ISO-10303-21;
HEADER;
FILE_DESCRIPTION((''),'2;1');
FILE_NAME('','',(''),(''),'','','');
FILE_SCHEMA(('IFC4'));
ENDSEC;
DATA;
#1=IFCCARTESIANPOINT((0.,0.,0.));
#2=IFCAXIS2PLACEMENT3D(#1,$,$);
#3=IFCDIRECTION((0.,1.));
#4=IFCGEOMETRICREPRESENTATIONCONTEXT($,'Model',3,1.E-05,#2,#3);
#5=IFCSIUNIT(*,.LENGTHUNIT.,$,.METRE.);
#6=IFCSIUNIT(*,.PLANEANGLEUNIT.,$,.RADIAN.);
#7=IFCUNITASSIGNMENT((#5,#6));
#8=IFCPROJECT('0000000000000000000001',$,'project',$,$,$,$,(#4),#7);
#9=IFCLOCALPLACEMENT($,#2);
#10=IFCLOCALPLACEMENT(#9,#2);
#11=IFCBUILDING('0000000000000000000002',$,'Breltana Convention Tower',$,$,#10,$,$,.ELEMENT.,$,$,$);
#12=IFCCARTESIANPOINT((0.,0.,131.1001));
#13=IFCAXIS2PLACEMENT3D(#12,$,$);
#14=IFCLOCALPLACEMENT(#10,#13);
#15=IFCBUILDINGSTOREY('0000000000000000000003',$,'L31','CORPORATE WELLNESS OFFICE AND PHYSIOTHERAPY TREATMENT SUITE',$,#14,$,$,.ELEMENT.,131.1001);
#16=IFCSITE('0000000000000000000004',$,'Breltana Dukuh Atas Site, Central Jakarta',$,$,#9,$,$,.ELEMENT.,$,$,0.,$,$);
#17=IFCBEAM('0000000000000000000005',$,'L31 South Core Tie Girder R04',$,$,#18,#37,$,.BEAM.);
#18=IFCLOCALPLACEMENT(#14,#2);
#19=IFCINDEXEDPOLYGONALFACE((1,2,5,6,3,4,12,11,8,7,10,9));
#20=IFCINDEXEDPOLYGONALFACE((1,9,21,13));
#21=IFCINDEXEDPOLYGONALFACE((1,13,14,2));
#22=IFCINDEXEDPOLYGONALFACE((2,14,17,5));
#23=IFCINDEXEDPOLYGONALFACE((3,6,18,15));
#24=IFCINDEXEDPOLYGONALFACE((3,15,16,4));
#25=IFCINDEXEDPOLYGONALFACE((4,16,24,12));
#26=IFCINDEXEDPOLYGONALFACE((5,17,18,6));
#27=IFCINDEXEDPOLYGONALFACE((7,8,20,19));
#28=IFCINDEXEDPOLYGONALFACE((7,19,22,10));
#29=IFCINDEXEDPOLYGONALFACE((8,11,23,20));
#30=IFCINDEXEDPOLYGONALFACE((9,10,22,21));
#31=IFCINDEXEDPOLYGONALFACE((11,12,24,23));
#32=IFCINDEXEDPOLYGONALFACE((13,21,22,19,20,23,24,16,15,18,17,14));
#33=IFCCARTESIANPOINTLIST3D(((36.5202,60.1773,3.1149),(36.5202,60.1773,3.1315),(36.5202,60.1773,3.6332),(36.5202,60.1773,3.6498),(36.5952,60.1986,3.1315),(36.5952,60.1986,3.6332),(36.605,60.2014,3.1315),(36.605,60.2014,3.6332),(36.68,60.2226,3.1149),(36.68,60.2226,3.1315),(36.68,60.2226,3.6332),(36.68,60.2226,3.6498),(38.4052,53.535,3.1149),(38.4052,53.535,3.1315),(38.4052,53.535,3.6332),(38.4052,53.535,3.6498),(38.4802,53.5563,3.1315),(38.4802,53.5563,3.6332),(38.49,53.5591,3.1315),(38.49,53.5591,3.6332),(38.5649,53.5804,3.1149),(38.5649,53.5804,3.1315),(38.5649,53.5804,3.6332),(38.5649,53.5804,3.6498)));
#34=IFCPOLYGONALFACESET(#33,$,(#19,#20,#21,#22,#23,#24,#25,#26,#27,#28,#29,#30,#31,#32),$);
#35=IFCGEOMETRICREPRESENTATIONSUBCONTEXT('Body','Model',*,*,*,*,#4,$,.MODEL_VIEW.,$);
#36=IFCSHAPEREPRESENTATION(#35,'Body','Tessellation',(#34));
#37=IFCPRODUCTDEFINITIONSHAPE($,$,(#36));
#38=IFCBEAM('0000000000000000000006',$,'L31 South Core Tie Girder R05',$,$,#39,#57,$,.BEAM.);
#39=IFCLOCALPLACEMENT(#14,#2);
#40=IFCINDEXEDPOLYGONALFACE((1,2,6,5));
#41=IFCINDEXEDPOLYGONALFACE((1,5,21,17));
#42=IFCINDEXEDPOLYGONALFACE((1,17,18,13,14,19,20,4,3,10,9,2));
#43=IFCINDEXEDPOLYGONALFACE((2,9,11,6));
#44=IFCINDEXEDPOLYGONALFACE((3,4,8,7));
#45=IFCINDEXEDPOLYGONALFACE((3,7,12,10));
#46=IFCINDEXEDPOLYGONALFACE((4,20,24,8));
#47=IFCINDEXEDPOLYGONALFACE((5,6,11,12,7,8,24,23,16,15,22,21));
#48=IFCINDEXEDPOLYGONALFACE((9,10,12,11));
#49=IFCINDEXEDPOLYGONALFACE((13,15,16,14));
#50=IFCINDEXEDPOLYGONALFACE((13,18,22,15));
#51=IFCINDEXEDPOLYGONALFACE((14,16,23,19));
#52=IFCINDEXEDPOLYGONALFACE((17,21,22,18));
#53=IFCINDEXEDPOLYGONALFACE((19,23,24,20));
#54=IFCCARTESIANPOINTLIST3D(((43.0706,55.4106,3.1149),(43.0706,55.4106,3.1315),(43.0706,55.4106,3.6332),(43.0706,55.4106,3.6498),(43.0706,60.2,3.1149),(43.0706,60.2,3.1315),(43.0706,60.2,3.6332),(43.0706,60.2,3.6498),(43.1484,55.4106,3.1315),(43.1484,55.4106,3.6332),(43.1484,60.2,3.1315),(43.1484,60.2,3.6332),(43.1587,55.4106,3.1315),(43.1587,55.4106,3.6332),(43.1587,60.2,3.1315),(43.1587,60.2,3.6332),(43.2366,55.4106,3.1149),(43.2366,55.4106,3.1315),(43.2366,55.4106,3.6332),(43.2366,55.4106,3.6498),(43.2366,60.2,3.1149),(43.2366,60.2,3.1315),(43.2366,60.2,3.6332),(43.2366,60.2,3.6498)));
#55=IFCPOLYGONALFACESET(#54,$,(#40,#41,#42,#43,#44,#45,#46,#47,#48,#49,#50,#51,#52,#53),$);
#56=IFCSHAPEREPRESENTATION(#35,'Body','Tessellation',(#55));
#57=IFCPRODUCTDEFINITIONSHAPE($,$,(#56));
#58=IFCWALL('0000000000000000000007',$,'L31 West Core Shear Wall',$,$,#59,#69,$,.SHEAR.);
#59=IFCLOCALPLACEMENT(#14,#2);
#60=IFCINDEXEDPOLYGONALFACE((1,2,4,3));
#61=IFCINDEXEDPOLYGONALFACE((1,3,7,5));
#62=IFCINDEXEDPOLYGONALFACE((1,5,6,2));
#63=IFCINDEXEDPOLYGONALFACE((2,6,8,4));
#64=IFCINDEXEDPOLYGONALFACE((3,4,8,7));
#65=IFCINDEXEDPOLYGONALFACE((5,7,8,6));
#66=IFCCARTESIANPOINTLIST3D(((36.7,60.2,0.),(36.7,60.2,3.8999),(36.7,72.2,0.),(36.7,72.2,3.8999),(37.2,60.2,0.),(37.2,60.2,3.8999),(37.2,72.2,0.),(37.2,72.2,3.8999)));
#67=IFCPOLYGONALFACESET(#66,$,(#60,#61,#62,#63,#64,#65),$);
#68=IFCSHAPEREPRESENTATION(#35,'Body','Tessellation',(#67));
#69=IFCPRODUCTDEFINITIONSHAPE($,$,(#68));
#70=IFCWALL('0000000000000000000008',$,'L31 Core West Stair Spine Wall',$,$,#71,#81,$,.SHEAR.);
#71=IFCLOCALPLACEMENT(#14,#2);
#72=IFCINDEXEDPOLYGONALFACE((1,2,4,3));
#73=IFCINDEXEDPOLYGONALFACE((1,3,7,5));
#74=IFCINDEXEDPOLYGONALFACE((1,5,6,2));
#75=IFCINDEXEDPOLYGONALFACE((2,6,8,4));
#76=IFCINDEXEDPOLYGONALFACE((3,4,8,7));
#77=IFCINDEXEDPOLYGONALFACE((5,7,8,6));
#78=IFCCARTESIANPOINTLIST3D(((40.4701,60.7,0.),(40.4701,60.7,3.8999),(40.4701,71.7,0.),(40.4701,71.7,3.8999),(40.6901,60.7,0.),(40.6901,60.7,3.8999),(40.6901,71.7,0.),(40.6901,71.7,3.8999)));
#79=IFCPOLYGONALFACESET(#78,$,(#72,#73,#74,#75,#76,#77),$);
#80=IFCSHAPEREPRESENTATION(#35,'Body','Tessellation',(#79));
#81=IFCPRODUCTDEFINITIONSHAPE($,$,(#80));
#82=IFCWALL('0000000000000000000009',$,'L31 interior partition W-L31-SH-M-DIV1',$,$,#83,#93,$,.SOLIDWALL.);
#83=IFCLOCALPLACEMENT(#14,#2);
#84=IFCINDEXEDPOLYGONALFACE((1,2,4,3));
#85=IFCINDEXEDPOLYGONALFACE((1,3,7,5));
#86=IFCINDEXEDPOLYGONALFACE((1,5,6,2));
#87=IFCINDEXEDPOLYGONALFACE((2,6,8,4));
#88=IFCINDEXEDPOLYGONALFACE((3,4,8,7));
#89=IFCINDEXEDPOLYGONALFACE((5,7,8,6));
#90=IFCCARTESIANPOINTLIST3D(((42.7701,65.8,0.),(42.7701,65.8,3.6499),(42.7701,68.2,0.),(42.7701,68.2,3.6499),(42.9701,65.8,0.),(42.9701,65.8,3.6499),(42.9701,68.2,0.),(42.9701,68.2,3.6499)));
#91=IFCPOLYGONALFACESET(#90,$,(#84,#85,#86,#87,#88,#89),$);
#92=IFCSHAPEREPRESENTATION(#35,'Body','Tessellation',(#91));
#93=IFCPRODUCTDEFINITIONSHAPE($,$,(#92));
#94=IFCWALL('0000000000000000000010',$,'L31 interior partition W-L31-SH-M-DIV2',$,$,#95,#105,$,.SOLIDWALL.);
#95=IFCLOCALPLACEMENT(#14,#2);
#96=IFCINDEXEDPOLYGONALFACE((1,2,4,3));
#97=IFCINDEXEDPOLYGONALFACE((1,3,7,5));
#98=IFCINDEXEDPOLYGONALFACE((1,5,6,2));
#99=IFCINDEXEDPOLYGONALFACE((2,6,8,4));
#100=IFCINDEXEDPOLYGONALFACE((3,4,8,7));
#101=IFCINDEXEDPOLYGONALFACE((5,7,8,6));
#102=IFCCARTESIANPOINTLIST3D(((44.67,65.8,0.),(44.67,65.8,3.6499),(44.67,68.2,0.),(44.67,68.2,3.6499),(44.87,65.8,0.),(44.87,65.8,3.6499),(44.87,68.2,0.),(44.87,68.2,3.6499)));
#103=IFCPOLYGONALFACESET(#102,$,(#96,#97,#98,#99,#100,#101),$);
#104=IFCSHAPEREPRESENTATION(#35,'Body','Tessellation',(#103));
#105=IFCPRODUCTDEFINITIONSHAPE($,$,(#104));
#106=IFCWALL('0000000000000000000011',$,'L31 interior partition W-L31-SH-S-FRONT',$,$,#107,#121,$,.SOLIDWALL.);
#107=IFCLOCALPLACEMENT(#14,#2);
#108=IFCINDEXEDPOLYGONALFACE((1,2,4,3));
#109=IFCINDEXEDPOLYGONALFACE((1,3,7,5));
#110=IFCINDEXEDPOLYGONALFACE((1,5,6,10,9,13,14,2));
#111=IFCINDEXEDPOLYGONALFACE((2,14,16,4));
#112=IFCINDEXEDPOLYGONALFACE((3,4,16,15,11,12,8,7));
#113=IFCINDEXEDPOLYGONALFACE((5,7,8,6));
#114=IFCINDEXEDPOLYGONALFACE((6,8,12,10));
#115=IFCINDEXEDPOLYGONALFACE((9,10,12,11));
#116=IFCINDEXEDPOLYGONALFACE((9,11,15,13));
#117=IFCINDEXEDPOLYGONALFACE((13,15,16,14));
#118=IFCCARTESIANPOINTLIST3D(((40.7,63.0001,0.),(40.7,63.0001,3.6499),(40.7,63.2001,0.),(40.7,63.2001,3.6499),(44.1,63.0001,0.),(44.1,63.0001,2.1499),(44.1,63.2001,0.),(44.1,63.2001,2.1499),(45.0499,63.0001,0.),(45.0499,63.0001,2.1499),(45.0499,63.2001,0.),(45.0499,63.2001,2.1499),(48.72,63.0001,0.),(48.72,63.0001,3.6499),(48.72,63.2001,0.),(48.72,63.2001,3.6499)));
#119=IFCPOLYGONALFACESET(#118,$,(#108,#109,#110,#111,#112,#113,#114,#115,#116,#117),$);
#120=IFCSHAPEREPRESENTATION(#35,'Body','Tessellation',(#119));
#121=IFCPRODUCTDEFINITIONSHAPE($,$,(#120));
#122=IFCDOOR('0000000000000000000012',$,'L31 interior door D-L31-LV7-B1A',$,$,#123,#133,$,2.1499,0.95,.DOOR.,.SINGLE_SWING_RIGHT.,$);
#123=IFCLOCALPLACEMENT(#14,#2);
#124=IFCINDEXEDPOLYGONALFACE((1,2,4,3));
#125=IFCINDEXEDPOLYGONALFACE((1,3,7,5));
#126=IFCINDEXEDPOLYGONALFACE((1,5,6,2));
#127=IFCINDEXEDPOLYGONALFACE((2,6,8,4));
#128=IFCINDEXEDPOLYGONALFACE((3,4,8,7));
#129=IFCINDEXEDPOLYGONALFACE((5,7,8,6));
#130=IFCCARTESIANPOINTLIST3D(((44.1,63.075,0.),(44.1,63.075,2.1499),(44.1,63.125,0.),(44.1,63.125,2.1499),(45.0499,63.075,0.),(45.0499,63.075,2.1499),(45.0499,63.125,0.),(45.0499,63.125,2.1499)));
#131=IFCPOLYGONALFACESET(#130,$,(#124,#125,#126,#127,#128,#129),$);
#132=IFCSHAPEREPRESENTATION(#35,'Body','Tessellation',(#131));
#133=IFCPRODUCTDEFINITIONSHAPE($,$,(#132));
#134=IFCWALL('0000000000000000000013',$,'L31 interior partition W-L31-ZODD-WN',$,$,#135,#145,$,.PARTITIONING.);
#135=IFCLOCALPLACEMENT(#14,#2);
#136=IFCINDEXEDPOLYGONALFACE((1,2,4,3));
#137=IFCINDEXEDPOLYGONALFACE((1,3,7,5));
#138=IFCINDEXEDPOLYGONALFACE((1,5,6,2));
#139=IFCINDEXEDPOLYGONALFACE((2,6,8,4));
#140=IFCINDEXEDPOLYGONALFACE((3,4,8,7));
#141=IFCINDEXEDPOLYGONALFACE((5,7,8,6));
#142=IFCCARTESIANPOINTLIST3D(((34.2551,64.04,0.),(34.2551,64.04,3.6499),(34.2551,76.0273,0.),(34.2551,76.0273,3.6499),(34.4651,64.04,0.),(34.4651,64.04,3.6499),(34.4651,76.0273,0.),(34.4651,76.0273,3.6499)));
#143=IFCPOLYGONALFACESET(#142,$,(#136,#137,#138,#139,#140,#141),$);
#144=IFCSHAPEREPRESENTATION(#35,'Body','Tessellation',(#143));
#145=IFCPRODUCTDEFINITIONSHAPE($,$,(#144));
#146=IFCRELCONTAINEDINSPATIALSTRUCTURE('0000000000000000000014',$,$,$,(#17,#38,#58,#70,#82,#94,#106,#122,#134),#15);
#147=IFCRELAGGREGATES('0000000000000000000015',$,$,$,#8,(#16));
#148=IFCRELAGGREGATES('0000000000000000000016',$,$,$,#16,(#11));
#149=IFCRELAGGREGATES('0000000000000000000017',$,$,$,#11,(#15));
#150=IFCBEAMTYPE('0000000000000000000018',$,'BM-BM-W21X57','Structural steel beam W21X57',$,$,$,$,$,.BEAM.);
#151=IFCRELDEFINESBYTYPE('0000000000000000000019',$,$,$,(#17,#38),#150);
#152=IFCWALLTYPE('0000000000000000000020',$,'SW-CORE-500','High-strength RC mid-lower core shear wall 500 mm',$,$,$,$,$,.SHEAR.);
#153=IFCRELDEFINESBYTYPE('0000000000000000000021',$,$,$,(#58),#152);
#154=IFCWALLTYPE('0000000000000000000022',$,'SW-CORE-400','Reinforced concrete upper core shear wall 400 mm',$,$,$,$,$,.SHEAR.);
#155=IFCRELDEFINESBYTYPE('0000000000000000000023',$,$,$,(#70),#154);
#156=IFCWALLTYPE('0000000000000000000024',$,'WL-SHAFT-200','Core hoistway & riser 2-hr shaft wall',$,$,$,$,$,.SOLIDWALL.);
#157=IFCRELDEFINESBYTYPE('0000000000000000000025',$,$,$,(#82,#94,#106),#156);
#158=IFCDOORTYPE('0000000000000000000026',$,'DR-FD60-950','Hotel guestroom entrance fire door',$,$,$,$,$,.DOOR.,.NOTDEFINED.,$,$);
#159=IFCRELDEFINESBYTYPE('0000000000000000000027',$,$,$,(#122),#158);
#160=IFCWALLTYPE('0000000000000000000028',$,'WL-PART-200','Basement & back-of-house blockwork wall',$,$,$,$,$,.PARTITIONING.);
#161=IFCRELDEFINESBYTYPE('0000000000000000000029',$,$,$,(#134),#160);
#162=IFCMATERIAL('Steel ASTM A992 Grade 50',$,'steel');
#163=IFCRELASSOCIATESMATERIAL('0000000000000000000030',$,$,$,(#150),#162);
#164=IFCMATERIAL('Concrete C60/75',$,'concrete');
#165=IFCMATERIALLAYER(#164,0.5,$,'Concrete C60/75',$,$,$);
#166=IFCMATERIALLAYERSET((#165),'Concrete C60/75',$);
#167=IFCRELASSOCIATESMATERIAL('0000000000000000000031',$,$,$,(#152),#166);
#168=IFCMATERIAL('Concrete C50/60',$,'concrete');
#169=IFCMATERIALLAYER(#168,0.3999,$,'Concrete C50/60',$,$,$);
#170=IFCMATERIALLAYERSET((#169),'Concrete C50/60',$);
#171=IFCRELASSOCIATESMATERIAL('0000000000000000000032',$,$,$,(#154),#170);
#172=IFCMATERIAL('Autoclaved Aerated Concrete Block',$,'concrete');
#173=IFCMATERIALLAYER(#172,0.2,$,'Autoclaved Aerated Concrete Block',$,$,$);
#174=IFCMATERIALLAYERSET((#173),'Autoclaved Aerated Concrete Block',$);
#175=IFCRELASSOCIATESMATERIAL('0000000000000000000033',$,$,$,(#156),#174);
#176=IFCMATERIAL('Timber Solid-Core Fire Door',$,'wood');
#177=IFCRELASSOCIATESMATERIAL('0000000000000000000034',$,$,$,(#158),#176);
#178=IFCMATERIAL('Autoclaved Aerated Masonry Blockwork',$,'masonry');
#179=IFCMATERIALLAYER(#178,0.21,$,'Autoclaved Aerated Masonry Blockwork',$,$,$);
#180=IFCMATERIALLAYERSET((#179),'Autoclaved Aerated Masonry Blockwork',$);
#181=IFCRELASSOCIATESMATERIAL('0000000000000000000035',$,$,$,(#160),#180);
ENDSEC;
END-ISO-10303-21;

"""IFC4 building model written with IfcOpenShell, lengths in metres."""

from ifc_helpers import new_model, si_unit, direction, frame, frame_2d, origin, origin_2d, place, context, subcontext, project, spatial, rectangle, i_section, extrude, source, transform, mapped, material, layer, layer_set, material_profile, profile_set, type_object, type_shapes, element, fill, save


model = new_model("IFC4")

# Units and contexts
model_context = context("Model", 3, precision=1e-05, world=origin(), true_north=direction((0.0, 1.0)))
body_context = subcontext(model_context, "Body", "Model", "MODEL_VIEW")
ifc_project = project(units=[si_unit("LENGTHUNIT", "METRE"), si_unit("PLANEANGLEUNIT", "RADIAN")], contexts=[model_context])

# Site, building, storey
site_placement = place(None, origin())
site = spatial("IfcSite", under=ifc_project, at=site_placement, Name="Breltana Dukuh Atas Site, Central Jakarta", CompositionType="ELEMENT", RefElevation=0.0)
building_placement = place(site_placement, origin())
building = spatial("IfcBuilding", under=site, at=building_placement, Name="Breltana Convention Tower", CompositionType="ELEMENT")
storey_placement = place(building_placement, frame((0.0, 0.0, 131.1001)))
storey = spatial("IfcBuildingStorey", under=building, at=storey_placement, Name="L31", Description="CORPORATE WELLNESS OFFICE AND PHYSIOTHERAPY TREATMENT SUITE", CompositionType="ELEMENT", Elevation=131.1001)

# Beams
ifc_material_1 = material(Name="Steel ASTM A992 Grade 50", Category="steel")
ifc_material_profile = material_profile(ifc_material_1, i_section(OverallWidth=0.166, OverallDepth=0.5349, WebThickness=0.0103, FlangeThickness=0.0166, at=origin_2d()), Name="W21X57")
ifc_profile_set = profile_set([ifc_material_profile], Name="Steel ASTM A992 Grade 50")
beam_type = type_object("IfcBeamType", Name="BM-BM-W21X57", Description="Structural steel beam W21X57", PredefinedType="BEAM", material=ifc_profile_set)
shared_shape_1 = source(origin(), body_context, "Body", "SweptSolid", [
    extrude(i_section(OverallWidth=0.166, OverallDepth=0.5349, WebThickness=0.0103, FlangeThickness=0.0166, at=origin_2d()), origin(), (0.0, 0.0, 1.0), 6.9045),
])
type_shapes(beam_type, [shared_shape_1])
beam_1_placement = place(storey_placement, frame((36.6001, 60.2, 3.3823), z_axis=(0.273007, -0.962012, 0.0), x_axis=(0.962012, 0.273007, 0.0)))
element("IfcBeam", 1, at=beam_1_placement, inside=storey, type_object=beam_type, Name="L31 South Core Tie Girder R04", PredefinedType="BEAM", context=body_context, shape_type="MappedRepresentation", body=[
    mapped(shared_shape_1, transform((0.0, 0.0, 0.0), scale=1.0)),
])
shared_shape_2 = source(origin(), body_context, "Body", "SweptSolid", [
    extrude(i_section(OverallWidth=0.166, OverallDepth=0.5349, WebThickness=0.0103, FlangeThickness=0.0166, at=origin_2d()), origin(), (0.0, 0.0, 1.0), 4.7893),
])
beam_2_placement = place(storey_placement, frame((43.1536, 60.2, 3.3823), z_axis=(0.0, -1.0, 0.0), x_axis=(1.0, 0.0, 0.0)))
element("IfcBeam", 2, at=beam_2_placement, inside=storey, type_object=beam_type, Name="L31 South Core Tie Girder R05", PredefinedType="BEAM", context=body_context, shape_type="MappedRepresentation", body=[
    mapped(shared_shape_2, transform((0.0, 0.0, 0.0), scale=1.0)),
])

# Wall
ifc_material_2 = material(Name="Concrete C60/75", Category="concrete")
ifc_layer_1 = layer(ifc_material_2, 0.5, Name="Concrete C60/75")
ifc_layer_set_1 = layer_set([ifc_layer_1], Name="Concrete C60/75")
wall_type_1 = type_object("IfcWallType", Name="SW-CORE-500", Description="High-strength RC mid-lower core shear wall 500 mm", PredefinedType="SHEAR", material=ifc_layer_set_1)
shared_shape_3 = source(origin(), body_context, "Body", "SweptSolid", [
    extrude(rectangle(XDim=12.0, YDim=0.5, at=frame_2d((6.0, 0.0))), origin(), (0.0, 0.0, 1.0), 3.8999),
])
wall_1_placement = place(storey_placement, frame((36.95, 60.2, 0.0), z_axis=(0.0, 0.0, 1.0), x_axis=(0.0, 1.0, 0.0)))
element("IfcWall", 3, at=wall_1_placement, inside=storey, type_object=wall_type_1, Name="L31 West Core Shear Wall", PredefinedType="SHEAR", context=body_context, shape_type="MappedRepresentation", body=[
    mapped(shared_shape_3, transform((0.0, 0.0, 0.0), scale=1.0)),
])

# Walls
ifc_material_3 = material(Name="Concrete C50/60", Category="concrete")
ifc_layer_2 = layer(ifc_material_3, 0.3999, Name="Concrete C50/60")
ifc_layer_set_2 = layer_set([ifc_layer_2], Name="Concrete C50/60")
wall_type_2 = type_object("IfcWallType", Name="SW-CORE-400", Description="Reinforced concrete upper core shear wall 400 mm", PredefinedType="SHEAR", material=ifc_layer_set_2)
shared_shape_4 = source(origin(), body_context, "Body", "SweptSolid", [
    extrude(rectangle(XDim=11.0, YDim=0.22, at=frame_2d((5.5, 0.0))), origin(), (0.0, 0.0, 1.0), 3.8999),
])
wall_2_placement = place(storey_placement, frame((40.5801, 60.7, 0.0), z_axis=(0.0, 0.0, 1.0), x_axis=(0.0, 1.0, 0.0)))
element("IfcWall", 4, at=wall_2_placement, inside=storey, type_object=wall_type_2, Name="L31 Core West Stair Spine Wall", PredefinedType="SHEAR", context=body_context, shape_type="MappedRepresentation", body=[
    mapped(shared_shape_4, transform((0.0, 0.0, 0.0), scale=1.0)),
])
ifc_material_4 = material(Name="Autoclaved Aerated Concrete Block", Category="concrete")
ifc_layer_3 = layer(ifc_material_4, 0.2, Name="Autoclaved Aerated Concrete Block")
ifc_layer_set_3 = layer_set([ifc_layer_3], Name="Autoclaved Aerated Concrete Block")
wall_type_3 = type_object("IfcWallType", Name="WL-SHAFT-200", Description="Core hoistway & riser 2-hr shaft wall", PredefinedType="SOLIDWALL", material=ifc_layer_set_3)
shared_shape_5 = source(origin(), body_context, "Body", "SweptSolid", [
    extrude(rectangle(XDim=2.3999, YDim=0.2, at=frame_2d((1.2, 0.0))), origin(), (0.0, 0.0, 1.0), 3.6499),
])
for number, where, z_axis, x_axis, name in (
    (5, (42.8701, 65.8, 0.0), (0.0, 0.0, 1.0), (0.0, 1.0, 0.0), "L31 interior partition W-L31-SH-M-DIV1"),
    (6, (44.77, 65.8, 0.0), (0.0, 0.0, 1.0), (0.0, 1.0, 0.0), "L31 interior partition W-L31-SH-M-DIV2"),
):
    element("IfcWall", number, at=place(storey_placement, frame(where, z_axis=z_axis, x_axis=x_axis)), inside=storey, type_object=wall_type_3, Name=name, PredefinedType="SOLIDWALL", context=body_context, shape_type="MappedRepresentation", body=[
        mapped(shared_shape_5, transform((0.0, 0.0, 0.0), scale=1.0)),
    ])

# Wall, opening, door
shared_shape_6 = source(origin(), body_context, "Body", "SweptSolid", [
    extrude(rectangle(XDim=8.02, YDim=0.2, at=frame_2d((4.01, 0.0))), origin(), (0.0, 0.0, 1.0), 3.6499),
])
wall_3_placement = place(storey_placement, frame((40.7, 63.1001, 0.0), z_axis=(0.0, 0.0, 1.0), x_axis=(1.0, 0.0, 0.0)))
wall_3 = element("IfcWall", 7, at=wall_3_placement, inside=storey, type_object=wall_type_3, Name="L31 interior partition W-L31-SH-S-FRONT", PredefinedType="SOLIDWALL", context=body_context, shape_type="MappedRepresentation", body=[
    mapped(shared_shape_6, transform((0.0, 0.0, 0.0), scale=1.0)),
])
opening_1_placement = place(wall_3_placement, frame((3.3999, 0.0, 0.0)))
opening_1 = element("IfcOpeningElement", 8, at=opening_1_placement, cuts=wall_3, PredefinedType="OPENING", context=body_context, shape_type="SweptSolid", body=[
    extrude(rectangle(XDim=0.95, YDim=2.1499, at=frame_2d((0.4751, 1.075))), frame((0.0, 0.1099, 0.0), z_axis=(0.0, -1.0, 0.0), x_axis=(1.0, 0.0, 0.0)), (0.0, 0.0, 1.0), 0.22),
])
ifc_material_5 = material(Name="Timber Solid-Core Fire Door", Category="wood")
door_type_1 = type_object("IfcDoorType", Name="DR-FD60-950", Description="Hotel guestroom entrance fire door", OperationType="NOTDEFINED", PredefinedType="DOOR", material=ifc_material_5)
shared_shape_7 = source(origin(), body_context, "Body", "SweptSolid", [
    extrude(rectangle(XDim=0.95, YDim=2.1499, at=frame_2d((0.4751, 1.075))), frame((0.0, 0.0249, 0.0), z_axis=(0.0, -1.0, 0.0), x_axis=(1.0, 0.0, 0.0)), (0.0, 0.0, 1.0), 0.05),
])
type_shapes(door_type_1, [shared_shape_7])
door_1_placement = place(opening_1_placement, origin())
door_1 = element("IfcDoor", 9, at=door_1_placement, inside=storey, type_object=door_type_1, Name="L31 interior door D-L31-LV7-B1A", OperationType="SINGLE_SWING_RIGHT", OverallHeight=2.1499, OverallWidth=0.95, PredefinedType="DOOR", context=body_context, shape_type="MappedRepresentation", body=[
    mapped(shared_shape_7, transform((0.0, 0.0, 0.0), scale=1.0)),
])
fill(opening_1, door_1)

# Wall
ifc_material_6 = material(Name="Autoclaved Aerated Masonry Blockwork", Category="masonry")
ifc_layer_4 = layer(ifc_material_6, 0.21, Name="Autoclaved Aerated Masonry Blockwork")
ifc_layer_set_4 = layer_set([ifc_layer_4], Name="Autoclaved Aerated Masonry Blockwork")
wall_type_4 = type_object("IfcWallType", Name="WL-PART-200", Description="Basement & back-of-house blockwork wall", PredefinedType="PARTITIONING", material=ifc_layer_set_4)
shared_shape_8 = source(origin(), body_context, "Body", "SweptSolid", [
    extrude(rectangle(XDim=11.9873, YDim=0.21, at=frame_2d((5.9937, 0.0))), origin(), (0.0, 0.0, 1.0), 3.6499),
])
wall_4_placement = place(storey_placement, frame((34.3601, 64.04, 0.0), z_axis=(0.0, 0.0, 1.0), x_axis=(0.0, 1.0, 0.0)))
element("IfcWall", 10, at=wall_4_placement, inside=storey, type_object=wall_type_4, Name="L31 interior partition W-L31-ZODD-WN", PredefinedType="PARTITIONING", context=body_context, shape_type="MappedRepresentation", body=[
    mapped(shared_shape_8, transform((0.0, 0.0, 0.0), scale=1.0)),
])

save(model, "model.ifc")
